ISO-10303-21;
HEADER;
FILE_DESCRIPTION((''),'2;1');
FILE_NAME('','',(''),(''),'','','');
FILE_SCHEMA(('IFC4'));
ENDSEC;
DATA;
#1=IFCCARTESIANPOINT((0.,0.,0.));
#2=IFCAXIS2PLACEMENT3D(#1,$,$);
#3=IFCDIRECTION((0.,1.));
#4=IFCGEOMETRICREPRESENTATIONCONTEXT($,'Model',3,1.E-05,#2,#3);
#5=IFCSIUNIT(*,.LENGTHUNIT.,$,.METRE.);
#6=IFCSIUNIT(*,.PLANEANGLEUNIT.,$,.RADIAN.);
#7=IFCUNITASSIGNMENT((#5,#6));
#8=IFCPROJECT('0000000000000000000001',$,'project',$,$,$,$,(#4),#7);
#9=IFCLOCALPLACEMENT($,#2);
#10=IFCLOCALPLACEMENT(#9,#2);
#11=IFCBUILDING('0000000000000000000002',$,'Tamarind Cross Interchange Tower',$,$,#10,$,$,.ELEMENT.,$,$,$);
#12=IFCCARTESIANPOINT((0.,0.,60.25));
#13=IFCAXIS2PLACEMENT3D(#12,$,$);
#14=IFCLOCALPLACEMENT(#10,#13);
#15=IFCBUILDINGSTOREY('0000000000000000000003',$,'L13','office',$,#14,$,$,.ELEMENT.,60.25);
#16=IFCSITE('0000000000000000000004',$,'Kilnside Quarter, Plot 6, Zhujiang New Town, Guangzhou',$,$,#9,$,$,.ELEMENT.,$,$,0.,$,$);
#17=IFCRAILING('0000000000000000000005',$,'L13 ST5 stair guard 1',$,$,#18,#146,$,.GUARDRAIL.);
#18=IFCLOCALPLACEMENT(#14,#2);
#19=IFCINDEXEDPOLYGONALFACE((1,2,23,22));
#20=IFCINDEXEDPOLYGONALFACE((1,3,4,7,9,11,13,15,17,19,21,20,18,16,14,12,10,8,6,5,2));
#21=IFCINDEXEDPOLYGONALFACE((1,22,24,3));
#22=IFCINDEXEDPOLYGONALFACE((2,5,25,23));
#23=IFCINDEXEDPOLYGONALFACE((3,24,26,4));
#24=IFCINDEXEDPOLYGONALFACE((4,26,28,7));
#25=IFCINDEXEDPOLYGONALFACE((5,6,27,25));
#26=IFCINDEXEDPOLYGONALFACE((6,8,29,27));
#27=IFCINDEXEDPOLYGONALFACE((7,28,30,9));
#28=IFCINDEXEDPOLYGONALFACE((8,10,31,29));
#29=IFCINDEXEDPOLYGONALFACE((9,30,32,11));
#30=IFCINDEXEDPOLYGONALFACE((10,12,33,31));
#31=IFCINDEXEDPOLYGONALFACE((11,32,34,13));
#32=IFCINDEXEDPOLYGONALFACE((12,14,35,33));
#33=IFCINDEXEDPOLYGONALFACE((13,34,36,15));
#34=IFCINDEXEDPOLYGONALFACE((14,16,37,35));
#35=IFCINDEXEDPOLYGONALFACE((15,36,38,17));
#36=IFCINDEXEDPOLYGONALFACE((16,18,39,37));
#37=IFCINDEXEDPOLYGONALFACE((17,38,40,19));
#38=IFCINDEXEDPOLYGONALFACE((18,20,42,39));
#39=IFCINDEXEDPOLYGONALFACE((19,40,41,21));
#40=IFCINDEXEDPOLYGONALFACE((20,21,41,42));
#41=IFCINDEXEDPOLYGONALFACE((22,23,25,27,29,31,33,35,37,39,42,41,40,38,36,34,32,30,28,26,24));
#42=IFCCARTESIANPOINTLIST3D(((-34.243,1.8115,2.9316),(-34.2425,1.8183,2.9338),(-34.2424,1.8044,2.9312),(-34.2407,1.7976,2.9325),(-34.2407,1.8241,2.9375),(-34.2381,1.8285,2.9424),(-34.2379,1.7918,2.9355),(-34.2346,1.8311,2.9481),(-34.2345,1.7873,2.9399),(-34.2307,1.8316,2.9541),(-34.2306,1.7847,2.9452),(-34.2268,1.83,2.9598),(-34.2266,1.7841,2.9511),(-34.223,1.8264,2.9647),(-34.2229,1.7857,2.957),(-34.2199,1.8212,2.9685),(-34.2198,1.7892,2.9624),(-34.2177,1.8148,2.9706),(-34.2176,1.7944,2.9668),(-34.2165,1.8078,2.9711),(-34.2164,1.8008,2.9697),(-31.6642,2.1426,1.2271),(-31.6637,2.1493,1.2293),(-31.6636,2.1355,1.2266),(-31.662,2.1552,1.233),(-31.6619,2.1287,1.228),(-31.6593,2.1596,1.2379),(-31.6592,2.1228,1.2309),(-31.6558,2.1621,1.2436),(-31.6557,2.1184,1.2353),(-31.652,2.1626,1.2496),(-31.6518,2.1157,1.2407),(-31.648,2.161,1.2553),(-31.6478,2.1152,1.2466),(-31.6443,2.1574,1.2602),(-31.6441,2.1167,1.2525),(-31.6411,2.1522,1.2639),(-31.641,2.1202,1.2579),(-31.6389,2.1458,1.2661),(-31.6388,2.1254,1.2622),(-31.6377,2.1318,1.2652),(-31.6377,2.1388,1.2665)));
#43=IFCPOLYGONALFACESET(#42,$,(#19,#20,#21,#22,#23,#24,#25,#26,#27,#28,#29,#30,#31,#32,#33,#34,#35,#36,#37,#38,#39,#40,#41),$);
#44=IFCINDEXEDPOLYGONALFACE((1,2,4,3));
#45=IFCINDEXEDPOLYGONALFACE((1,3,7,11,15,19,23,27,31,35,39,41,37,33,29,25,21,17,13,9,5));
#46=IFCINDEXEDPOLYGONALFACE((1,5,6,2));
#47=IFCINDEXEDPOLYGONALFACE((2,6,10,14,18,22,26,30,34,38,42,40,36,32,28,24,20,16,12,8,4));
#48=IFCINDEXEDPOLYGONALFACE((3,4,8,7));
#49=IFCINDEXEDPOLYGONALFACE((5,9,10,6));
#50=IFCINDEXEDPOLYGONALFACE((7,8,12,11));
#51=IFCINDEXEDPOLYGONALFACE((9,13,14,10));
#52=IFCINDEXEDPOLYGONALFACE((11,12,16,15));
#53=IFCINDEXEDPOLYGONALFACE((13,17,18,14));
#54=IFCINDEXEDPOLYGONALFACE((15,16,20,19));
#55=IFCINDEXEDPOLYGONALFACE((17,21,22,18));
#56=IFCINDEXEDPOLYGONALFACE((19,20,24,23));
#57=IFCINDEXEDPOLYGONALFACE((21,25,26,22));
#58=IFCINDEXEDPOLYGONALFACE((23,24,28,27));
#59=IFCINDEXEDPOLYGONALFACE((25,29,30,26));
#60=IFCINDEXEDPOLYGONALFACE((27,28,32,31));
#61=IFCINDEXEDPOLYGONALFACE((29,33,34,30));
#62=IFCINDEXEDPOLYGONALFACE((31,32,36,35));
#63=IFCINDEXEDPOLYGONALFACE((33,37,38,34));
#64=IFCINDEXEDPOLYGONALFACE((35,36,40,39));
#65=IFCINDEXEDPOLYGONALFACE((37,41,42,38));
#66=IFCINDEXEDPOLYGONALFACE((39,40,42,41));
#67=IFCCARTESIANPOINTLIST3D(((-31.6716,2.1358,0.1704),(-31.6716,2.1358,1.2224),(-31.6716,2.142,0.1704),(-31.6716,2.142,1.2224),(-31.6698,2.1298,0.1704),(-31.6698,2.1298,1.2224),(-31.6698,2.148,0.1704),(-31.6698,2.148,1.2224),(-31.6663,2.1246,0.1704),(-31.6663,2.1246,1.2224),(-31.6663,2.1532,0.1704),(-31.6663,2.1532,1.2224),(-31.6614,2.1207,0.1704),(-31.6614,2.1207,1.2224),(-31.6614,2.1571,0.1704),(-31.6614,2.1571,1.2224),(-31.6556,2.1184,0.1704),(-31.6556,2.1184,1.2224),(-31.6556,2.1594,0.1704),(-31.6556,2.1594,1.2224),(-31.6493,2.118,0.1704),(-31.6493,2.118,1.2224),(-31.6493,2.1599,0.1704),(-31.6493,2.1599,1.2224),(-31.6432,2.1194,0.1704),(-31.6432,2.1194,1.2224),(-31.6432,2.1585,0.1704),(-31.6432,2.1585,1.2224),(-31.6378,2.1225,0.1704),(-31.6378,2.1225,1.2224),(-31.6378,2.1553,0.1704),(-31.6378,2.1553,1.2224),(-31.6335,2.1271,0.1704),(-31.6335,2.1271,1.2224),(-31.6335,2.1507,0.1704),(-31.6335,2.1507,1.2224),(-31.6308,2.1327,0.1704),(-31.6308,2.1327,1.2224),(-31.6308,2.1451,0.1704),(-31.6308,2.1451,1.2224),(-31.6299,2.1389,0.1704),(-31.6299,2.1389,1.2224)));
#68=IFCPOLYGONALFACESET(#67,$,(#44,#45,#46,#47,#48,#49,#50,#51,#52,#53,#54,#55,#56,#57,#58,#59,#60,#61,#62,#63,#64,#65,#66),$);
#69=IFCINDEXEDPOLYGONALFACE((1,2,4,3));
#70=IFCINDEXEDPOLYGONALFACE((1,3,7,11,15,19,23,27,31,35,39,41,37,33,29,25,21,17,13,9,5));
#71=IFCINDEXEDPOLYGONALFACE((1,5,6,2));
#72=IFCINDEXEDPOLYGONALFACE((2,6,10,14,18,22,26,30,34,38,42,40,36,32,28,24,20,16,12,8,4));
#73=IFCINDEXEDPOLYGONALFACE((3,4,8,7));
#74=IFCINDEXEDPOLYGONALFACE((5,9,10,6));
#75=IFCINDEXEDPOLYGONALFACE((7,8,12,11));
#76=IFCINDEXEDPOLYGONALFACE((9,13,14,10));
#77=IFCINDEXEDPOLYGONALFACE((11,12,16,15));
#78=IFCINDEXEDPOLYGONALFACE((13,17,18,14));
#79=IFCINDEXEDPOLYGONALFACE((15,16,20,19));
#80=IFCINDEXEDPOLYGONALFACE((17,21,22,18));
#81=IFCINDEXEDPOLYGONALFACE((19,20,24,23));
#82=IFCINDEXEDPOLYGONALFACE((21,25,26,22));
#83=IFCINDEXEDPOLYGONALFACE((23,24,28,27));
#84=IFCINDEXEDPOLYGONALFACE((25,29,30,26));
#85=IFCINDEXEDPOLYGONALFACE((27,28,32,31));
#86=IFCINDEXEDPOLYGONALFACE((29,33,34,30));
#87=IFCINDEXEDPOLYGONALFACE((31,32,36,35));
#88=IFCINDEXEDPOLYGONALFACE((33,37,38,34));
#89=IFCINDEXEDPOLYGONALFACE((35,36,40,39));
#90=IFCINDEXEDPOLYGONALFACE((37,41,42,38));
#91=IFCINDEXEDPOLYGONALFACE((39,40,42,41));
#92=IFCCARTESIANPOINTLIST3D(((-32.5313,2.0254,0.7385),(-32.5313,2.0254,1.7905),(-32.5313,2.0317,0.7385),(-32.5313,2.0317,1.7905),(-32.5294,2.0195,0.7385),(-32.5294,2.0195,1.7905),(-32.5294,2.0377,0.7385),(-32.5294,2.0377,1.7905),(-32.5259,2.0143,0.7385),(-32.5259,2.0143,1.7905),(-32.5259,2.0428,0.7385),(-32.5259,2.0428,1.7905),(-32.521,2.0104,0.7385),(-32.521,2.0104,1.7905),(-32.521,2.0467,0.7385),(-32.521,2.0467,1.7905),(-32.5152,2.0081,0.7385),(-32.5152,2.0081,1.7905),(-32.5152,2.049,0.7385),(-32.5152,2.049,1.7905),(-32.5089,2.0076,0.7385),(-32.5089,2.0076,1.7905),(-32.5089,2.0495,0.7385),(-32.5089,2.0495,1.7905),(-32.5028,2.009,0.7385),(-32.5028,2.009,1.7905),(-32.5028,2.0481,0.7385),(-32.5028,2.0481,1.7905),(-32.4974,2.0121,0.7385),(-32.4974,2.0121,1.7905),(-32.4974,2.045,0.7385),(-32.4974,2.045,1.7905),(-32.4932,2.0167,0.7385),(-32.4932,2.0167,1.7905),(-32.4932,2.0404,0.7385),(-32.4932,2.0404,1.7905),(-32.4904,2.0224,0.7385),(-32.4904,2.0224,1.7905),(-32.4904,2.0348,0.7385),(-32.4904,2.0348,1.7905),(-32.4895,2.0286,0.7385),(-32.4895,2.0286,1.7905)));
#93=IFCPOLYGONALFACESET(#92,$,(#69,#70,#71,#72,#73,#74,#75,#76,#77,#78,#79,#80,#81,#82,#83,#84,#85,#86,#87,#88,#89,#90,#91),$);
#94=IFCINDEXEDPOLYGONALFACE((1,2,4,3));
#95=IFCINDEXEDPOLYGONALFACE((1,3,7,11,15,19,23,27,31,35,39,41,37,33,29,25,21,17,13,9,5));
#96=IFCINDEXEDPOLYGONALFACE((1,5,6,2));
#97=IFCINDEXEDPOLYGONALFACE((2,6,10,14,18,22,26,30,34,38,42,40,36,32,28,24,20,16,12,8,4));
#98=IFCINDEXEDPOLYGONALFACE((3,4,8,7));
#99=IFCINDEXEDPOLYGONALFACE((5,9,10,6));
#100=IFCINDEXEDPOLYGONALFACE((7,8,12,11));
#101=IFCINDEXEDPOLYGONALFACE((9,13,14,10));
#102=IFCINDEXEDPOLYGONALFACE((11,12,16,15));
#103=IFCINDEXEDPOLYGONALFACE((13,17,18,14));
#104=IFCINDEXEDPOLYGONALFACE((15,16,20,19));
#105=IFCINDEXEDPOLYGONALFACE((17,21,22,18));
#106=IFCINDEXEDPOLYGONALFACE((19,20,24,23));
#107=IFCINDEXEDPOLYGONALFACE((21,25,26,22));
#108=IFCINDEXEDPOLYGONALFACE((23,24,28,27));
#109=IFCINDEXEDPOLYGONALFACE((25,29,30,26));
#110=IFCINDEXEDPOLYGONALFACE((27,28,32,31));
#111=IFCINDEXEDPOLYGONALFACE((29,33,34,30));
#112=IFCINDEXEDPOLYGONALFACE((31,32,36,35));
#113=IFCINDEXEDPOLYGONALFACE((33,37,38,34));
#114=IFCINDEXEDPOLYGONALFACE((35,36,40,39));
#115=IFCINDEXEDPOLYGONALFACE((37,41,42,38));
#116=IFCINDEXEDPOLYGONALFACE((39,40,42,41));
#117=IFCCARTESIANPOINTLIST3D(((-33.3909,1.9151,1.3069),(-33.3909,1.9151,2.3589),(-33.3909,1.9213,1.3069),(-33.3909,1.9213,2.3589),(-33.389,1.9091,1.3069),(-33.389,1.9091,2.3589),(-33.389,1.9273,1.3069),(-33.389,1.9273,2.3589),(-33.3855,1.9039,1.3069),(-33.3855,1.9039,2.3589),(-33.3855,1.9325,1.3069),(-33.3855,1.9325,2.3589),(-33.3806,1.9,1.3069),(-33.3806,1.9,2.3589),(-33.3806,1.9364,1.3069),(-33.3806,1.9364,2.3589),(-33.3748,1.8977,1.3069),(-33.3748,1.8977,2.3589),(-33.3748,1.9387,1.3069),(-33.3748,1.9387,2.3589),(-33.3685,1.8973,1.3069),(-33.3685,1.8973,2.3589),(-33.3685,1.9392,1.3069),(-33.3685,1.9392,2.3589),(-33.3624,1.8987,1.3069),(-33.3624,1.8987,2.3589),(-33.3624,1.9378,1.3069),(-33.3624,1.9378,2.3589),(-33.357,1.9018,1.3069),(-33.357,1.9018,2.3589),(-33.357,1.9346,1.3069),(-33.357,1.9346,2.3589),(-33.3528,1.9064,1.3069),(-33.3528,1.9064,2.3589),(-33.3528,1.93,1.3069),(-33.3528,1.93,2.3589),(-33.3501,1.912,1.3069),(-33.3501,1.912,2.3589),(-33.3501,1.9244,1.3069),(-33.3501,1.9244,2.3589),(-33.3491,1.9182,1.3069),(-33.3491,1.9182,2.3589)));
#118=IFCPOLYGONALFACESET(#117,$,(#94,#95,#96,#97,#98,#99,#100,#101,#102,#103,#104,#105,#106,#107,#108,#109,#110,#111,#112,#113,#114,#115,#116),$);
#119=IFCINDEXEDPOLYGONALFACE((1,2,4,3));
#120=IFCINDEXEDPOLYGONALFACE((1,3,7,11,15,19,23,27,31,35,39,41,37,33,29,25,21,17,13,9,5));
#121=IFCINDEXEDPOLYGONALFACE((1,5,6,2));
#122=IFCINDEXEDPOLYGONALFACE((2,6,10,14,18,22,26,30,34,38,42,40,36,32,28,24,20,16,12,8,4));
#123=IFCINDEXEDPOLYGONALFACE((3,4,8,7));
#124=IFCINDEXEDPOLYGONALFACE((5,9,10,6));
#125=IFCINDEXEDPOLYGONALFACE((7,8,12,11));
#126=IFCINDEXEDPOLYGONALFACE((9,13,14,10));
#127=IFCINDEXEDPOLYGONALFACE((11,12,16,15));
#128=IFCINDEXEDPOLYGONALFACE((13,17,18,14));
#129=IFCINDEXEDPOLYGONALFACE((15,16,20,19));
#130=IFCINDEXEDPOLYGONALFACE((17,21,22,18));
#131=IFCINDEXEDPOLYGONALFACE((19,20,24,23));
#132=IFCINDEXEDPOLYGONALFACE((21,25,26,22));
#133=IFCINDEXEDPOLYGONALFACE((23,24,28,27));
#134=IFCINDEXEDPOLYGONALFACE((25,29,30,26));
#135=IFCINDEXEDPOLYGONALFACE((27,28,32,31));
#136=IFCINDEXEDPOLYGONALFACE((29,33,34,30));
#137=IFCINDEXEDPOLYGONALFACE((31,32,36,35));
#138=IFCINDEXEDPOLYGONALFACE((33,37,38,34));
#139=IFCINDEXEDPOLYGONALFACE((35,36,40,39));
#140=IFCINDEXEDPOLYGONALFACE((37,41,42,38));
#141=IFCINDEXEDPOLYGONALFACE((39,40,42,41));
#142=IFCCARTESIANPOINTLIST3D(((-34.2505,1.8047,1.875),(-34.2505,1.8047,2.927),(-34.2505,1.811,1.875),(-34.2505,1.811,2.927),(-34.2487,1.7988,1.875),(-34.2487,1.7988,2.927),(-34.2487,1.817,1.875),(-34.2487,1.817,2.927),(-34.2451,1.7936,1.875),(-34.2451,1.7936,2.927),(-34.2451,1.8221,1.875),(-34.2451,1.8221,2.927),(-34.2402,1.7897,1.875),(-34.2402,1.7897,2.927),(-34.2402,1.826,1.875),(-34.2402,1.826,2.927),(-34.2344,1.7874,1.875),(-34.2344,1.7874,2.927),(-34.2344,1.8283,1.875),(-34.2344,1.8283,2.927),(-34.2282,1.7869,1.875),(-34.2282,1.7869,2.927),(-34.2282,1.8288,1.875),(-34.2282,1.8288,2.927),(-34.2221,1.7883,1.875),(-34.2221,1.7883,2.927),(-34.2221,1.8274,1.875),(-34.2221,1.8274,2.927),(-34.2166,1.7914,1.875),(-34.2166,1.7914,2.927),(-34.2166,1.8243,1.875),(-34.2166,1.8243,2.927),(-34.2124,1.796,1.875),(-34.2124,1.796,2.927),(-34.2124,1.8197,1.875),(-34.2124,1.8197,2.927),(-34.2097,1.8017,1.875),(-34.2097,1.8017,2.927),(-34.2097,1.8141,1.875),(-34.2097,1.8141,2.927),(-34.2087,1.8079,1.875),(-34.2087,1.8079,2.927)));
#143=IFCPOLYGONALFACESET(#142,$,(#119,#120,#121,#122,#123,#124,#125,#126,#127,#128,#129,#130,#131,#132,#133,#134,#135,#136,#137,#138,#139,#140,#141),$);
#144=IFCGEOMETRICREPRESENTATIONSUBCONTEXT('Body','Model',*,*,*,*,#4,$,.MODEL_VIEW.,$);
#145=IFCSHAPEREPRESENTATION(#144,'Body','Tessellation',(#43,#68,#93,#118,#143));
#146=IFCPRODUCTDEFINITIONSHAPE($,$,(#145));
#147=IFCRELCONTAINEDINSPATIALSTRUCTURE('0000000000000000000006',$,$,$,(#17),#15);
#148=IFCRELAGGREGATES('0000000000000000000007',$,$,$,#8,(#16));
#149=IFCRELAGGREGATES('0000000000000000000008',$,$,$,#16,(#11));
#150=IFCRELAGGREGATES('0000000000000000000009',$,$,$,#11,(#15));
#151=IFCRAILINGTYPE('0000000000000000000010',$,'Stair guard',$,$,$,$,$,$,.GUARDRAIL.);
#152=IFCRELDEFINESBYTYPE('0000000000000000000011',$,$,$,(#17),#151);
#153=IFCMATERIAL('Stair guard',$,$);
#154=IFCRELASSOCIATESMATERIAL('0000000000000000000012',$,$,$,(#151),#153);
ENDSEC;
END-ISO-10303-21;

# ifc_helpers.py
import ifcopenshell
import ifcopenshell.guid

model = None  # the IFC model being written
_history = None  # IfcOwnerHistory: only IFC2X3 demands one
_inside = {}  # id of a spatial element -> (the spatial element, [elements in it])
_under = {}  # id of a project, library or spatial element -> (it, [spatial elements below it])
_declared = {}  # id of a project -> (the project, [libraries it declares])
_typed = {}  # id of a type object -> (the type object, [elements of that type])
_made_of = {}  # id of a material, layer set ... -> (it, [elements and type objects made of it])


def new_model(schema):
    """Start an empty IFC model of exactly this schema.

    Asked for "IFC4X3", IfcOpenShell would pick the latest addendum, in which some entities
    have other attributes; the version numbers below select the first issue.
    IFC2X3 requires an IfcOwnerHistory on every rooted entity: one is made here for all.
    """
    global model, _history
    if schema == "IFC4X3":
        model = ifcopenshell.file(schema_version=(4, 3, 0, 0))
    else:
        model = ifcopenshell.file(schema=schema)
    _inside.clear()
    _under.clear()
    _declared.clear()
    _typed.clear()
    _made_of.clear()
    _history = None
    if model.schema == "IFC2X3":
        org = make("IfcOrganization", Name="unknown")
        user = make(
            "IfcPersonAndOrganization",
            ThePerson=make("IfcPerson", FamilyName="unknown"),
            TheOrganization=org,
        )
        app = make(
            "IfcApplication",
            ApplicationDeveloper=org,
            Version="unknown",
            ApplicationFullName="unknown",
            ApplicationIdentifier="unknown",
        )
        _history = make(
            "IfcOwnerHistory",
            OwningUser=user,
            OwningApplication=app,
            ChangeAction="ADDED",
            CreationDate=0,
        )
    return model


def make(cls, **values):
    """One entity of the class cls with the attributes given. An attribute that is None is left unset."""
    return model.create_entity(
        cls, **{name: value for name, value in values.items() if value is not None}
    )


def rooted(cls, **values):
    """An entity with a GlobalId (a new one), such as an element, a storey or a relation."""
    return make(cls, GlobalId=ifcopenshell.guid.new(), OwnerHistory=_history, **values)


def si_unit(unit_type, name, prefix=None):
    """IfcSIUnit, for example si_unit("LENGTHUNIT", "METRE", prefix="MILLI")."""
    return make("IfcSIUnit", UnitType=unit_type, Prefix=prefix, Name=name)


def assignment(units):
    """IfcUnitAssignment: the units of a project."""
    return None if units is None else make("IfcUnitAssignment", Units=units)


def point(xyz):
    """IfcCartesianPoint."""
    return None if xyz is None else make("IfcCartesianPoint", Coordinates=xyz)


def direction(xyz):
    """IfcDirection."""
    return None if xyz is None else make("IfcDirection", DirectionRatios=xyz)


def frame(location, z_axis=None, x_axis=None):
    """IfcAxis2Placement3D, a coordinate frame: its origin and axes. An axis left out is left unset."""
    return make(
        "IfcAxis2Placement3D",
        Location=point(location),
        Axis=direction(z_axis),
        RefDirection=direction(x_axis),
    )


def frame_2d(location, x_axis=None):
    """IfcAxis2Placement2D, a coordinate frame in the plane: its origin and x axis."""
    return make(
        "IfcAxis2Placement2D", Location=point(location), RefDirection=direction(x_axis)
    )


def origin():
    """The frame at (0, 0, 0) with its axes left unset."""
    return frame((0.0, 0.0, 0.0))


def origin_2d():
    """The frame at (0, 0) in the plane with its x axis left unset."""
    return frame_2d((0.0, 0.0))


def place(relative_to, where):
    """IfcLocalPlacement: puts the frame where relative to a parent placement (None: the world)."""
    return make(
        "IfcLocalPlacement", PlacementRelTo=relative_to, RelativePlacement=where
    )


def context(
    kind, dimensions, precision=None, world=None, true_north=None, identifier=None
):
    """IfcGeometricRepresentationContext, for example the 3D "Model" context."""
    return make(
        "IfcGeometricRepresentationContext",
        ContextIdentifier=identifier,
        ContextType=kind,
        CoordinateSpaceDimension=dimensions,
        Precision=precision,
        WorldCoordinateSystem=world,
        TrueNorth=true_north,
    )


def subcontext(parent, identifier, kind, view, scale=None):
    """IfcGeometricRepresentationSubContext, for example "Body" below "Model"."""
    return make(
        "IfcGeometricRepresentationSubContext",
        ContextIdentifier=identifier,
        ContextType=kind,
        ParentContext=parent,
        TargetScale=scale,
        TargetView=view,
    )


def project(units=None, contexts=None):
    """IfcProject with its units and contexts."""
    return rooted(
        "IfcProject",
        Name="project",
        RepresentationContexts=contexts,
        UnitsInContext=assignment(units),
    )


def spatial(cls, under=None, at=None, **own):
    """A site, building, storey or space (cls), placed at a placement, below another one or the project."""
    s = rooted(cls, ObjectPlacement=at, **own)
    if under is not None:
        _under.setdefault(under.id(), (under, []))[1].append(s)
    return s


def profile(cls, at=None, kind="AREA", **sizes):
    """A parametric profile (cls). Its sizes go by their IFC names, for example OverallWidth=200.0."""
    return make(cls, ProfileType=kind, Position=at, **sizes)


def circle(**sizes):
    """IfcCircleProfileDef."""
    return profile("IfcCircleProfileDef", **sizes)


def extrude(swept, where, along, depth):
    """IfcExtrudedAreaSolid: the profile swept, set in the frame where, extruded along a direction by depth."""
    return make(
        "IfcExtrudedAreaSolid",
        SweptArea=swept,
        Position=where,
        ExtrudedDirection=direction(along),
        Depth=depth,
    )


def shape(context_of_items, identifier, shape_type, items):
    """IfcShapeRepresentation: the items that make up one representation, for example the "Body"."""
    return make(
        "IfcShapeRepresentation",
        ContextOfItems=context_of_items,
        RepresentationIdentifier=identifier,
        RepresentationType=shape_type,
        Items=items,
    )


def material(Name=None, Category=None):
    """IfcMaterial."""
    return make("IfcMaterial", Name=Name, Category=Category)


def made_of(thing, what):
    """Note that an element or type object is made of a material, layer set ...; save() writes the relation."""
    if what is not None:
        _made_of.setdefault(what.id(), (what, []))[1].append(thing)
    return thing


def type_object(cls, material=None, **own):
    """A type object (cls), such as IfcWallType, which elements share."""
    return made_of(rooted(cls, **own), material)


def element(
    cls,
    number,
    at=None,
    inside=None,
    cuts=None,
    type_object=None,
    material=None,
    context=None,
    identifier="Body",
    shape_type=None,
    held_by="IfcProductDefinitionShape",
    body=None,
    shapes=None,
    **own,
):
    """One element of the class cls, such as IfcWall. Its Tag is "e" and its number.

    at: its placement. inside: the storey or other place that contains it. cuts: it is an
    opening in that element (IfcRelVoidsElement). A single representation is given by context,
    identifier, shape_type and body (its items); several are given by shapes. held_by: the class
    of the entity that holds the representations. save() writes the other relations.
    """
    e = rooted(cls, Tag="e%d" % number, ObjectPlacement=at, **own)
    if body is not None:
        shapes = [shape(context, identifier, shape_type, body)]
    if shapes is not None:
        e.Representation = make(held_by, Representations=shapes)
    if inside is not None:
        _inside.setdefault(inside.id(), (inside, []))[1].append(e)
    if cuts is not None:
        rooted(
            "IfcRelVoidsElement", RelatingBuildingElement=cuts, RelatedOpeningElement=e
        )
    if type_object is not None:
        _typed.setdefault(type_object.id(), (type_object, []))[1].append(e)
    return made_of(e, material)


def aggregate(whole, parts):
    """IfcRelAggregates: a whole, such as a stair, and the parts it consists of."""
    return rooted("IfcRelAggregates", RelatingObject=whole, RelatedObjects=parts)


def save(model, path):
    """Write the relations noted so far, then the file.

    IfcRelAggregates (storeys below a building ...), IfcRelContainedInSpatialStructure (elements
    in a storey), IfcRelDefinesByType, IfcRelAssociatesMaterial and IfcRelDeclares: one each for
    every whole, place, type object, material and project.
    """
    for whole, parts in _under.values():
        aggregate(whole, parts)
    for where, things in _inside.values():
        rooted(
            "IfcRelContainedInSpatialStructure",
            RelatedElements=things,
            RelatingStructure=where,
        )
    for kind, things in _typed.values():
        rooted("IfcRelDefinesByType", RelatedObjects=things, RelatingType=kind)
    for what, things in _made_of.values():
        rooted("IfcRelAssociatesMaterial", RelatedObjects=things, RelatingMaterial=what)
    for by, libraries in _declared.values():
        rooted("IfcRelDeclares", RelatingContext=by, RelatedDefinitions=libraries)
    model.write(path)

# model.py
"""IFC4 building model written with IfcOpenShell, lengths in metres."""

from ifc_helpers import new_model, si_unit, direction, frame, origin, origin_2d, place, context, subcontext, project, spatial, circle, extrude, material, type_object, element, save


model = new_model("IFC4")

# Units and contexts
model_context = context("Model", 3, precision=1e-05, world=origin(), true_north=direction((0.0, 1.0)))
body_context = subcontext(model_context, "Body", "Model", "MODEL_VIEW")
ifc_project = project(units=[si_unit("LENGTHUNIT", "METRE"), si_unit("PLANEANGLEUNIT", "RADIAN")], contexts=[model_context])

# Site, building, storey
site_placement = place(None, origin())
site = spatial("IfcSite", under=ifc_project, at=site_placement, Name="Kilnside Quarter, Plot 6, Zhujiang New Town, Guangzhou", CompositionType="ELEMENT", RefElevation=0.0)
building_placement = place(site_placement, origin())
building = spatial("IfcBuilding", under=site, at=building_placement, Name="Tamarind Cross Interchange Tower", CompositionType="ELEMENT")
storey_placement = place(building_placement, frame((0.0, 0.0, 60.25)))
storey = spatial("IfcBuildingStorey", under=building, at=storey_placement, Name="L13", Description="office", CompositionType="ELEMENT", Elevation=60.25)

# Railing
ifc_material_1 = material(Name="Stair guard")
railing_type_1 = type_object("IfcRailingType", Name="Stair guard", PredefinedType="GUARDRAIL", material=ifc_material_1)
railing_1_placement = place(storey_placement, frame((-31.6509, 2.1389, 0.1704)))
element("IfcRailing", 1, at=railing_1_placement, inside=storey, type_object=railing_type_1, Name="L13 ST5 stair guard 1", PredefinedType="GUARDRAIL", context=body_context, shape_type="SweptSolid", body=[
    extrude(circle(Radius=0.0239, at=origin_2d()), frame((0.0, 0.0, 1.0762), z_axis=(-0.829488, -0.106484, 0.54828), x_axis=(0.127328, -0.991861, 0.0)), (0.0, 0.0, 1.0), 3.1089),
    extrude(circle(Radius=0.021, at=origin_2d()), origin(), (0.0, 0.0, 1.0), 1.052),
    extrude(circle(Radius=0.021, at=origin_2d()), frame((-0.8596, -0.1104, 0.5681)), (0.0, 0.0, 1.0), 1.052),
    extrude(circle(Radius=0.021, at=origin_2d()), frame((-1.7192, -0.2207, 1.1365)), (0.0, 0.0, 1.0), 1.052),
    extrude(circle(Radius=0.021, at=origin_2d()), frame((-2.5789, -0.3311, 1.7046)), (0.0, 0.0, 1.0), 1.052),
])

save(model, "model.ifc")
